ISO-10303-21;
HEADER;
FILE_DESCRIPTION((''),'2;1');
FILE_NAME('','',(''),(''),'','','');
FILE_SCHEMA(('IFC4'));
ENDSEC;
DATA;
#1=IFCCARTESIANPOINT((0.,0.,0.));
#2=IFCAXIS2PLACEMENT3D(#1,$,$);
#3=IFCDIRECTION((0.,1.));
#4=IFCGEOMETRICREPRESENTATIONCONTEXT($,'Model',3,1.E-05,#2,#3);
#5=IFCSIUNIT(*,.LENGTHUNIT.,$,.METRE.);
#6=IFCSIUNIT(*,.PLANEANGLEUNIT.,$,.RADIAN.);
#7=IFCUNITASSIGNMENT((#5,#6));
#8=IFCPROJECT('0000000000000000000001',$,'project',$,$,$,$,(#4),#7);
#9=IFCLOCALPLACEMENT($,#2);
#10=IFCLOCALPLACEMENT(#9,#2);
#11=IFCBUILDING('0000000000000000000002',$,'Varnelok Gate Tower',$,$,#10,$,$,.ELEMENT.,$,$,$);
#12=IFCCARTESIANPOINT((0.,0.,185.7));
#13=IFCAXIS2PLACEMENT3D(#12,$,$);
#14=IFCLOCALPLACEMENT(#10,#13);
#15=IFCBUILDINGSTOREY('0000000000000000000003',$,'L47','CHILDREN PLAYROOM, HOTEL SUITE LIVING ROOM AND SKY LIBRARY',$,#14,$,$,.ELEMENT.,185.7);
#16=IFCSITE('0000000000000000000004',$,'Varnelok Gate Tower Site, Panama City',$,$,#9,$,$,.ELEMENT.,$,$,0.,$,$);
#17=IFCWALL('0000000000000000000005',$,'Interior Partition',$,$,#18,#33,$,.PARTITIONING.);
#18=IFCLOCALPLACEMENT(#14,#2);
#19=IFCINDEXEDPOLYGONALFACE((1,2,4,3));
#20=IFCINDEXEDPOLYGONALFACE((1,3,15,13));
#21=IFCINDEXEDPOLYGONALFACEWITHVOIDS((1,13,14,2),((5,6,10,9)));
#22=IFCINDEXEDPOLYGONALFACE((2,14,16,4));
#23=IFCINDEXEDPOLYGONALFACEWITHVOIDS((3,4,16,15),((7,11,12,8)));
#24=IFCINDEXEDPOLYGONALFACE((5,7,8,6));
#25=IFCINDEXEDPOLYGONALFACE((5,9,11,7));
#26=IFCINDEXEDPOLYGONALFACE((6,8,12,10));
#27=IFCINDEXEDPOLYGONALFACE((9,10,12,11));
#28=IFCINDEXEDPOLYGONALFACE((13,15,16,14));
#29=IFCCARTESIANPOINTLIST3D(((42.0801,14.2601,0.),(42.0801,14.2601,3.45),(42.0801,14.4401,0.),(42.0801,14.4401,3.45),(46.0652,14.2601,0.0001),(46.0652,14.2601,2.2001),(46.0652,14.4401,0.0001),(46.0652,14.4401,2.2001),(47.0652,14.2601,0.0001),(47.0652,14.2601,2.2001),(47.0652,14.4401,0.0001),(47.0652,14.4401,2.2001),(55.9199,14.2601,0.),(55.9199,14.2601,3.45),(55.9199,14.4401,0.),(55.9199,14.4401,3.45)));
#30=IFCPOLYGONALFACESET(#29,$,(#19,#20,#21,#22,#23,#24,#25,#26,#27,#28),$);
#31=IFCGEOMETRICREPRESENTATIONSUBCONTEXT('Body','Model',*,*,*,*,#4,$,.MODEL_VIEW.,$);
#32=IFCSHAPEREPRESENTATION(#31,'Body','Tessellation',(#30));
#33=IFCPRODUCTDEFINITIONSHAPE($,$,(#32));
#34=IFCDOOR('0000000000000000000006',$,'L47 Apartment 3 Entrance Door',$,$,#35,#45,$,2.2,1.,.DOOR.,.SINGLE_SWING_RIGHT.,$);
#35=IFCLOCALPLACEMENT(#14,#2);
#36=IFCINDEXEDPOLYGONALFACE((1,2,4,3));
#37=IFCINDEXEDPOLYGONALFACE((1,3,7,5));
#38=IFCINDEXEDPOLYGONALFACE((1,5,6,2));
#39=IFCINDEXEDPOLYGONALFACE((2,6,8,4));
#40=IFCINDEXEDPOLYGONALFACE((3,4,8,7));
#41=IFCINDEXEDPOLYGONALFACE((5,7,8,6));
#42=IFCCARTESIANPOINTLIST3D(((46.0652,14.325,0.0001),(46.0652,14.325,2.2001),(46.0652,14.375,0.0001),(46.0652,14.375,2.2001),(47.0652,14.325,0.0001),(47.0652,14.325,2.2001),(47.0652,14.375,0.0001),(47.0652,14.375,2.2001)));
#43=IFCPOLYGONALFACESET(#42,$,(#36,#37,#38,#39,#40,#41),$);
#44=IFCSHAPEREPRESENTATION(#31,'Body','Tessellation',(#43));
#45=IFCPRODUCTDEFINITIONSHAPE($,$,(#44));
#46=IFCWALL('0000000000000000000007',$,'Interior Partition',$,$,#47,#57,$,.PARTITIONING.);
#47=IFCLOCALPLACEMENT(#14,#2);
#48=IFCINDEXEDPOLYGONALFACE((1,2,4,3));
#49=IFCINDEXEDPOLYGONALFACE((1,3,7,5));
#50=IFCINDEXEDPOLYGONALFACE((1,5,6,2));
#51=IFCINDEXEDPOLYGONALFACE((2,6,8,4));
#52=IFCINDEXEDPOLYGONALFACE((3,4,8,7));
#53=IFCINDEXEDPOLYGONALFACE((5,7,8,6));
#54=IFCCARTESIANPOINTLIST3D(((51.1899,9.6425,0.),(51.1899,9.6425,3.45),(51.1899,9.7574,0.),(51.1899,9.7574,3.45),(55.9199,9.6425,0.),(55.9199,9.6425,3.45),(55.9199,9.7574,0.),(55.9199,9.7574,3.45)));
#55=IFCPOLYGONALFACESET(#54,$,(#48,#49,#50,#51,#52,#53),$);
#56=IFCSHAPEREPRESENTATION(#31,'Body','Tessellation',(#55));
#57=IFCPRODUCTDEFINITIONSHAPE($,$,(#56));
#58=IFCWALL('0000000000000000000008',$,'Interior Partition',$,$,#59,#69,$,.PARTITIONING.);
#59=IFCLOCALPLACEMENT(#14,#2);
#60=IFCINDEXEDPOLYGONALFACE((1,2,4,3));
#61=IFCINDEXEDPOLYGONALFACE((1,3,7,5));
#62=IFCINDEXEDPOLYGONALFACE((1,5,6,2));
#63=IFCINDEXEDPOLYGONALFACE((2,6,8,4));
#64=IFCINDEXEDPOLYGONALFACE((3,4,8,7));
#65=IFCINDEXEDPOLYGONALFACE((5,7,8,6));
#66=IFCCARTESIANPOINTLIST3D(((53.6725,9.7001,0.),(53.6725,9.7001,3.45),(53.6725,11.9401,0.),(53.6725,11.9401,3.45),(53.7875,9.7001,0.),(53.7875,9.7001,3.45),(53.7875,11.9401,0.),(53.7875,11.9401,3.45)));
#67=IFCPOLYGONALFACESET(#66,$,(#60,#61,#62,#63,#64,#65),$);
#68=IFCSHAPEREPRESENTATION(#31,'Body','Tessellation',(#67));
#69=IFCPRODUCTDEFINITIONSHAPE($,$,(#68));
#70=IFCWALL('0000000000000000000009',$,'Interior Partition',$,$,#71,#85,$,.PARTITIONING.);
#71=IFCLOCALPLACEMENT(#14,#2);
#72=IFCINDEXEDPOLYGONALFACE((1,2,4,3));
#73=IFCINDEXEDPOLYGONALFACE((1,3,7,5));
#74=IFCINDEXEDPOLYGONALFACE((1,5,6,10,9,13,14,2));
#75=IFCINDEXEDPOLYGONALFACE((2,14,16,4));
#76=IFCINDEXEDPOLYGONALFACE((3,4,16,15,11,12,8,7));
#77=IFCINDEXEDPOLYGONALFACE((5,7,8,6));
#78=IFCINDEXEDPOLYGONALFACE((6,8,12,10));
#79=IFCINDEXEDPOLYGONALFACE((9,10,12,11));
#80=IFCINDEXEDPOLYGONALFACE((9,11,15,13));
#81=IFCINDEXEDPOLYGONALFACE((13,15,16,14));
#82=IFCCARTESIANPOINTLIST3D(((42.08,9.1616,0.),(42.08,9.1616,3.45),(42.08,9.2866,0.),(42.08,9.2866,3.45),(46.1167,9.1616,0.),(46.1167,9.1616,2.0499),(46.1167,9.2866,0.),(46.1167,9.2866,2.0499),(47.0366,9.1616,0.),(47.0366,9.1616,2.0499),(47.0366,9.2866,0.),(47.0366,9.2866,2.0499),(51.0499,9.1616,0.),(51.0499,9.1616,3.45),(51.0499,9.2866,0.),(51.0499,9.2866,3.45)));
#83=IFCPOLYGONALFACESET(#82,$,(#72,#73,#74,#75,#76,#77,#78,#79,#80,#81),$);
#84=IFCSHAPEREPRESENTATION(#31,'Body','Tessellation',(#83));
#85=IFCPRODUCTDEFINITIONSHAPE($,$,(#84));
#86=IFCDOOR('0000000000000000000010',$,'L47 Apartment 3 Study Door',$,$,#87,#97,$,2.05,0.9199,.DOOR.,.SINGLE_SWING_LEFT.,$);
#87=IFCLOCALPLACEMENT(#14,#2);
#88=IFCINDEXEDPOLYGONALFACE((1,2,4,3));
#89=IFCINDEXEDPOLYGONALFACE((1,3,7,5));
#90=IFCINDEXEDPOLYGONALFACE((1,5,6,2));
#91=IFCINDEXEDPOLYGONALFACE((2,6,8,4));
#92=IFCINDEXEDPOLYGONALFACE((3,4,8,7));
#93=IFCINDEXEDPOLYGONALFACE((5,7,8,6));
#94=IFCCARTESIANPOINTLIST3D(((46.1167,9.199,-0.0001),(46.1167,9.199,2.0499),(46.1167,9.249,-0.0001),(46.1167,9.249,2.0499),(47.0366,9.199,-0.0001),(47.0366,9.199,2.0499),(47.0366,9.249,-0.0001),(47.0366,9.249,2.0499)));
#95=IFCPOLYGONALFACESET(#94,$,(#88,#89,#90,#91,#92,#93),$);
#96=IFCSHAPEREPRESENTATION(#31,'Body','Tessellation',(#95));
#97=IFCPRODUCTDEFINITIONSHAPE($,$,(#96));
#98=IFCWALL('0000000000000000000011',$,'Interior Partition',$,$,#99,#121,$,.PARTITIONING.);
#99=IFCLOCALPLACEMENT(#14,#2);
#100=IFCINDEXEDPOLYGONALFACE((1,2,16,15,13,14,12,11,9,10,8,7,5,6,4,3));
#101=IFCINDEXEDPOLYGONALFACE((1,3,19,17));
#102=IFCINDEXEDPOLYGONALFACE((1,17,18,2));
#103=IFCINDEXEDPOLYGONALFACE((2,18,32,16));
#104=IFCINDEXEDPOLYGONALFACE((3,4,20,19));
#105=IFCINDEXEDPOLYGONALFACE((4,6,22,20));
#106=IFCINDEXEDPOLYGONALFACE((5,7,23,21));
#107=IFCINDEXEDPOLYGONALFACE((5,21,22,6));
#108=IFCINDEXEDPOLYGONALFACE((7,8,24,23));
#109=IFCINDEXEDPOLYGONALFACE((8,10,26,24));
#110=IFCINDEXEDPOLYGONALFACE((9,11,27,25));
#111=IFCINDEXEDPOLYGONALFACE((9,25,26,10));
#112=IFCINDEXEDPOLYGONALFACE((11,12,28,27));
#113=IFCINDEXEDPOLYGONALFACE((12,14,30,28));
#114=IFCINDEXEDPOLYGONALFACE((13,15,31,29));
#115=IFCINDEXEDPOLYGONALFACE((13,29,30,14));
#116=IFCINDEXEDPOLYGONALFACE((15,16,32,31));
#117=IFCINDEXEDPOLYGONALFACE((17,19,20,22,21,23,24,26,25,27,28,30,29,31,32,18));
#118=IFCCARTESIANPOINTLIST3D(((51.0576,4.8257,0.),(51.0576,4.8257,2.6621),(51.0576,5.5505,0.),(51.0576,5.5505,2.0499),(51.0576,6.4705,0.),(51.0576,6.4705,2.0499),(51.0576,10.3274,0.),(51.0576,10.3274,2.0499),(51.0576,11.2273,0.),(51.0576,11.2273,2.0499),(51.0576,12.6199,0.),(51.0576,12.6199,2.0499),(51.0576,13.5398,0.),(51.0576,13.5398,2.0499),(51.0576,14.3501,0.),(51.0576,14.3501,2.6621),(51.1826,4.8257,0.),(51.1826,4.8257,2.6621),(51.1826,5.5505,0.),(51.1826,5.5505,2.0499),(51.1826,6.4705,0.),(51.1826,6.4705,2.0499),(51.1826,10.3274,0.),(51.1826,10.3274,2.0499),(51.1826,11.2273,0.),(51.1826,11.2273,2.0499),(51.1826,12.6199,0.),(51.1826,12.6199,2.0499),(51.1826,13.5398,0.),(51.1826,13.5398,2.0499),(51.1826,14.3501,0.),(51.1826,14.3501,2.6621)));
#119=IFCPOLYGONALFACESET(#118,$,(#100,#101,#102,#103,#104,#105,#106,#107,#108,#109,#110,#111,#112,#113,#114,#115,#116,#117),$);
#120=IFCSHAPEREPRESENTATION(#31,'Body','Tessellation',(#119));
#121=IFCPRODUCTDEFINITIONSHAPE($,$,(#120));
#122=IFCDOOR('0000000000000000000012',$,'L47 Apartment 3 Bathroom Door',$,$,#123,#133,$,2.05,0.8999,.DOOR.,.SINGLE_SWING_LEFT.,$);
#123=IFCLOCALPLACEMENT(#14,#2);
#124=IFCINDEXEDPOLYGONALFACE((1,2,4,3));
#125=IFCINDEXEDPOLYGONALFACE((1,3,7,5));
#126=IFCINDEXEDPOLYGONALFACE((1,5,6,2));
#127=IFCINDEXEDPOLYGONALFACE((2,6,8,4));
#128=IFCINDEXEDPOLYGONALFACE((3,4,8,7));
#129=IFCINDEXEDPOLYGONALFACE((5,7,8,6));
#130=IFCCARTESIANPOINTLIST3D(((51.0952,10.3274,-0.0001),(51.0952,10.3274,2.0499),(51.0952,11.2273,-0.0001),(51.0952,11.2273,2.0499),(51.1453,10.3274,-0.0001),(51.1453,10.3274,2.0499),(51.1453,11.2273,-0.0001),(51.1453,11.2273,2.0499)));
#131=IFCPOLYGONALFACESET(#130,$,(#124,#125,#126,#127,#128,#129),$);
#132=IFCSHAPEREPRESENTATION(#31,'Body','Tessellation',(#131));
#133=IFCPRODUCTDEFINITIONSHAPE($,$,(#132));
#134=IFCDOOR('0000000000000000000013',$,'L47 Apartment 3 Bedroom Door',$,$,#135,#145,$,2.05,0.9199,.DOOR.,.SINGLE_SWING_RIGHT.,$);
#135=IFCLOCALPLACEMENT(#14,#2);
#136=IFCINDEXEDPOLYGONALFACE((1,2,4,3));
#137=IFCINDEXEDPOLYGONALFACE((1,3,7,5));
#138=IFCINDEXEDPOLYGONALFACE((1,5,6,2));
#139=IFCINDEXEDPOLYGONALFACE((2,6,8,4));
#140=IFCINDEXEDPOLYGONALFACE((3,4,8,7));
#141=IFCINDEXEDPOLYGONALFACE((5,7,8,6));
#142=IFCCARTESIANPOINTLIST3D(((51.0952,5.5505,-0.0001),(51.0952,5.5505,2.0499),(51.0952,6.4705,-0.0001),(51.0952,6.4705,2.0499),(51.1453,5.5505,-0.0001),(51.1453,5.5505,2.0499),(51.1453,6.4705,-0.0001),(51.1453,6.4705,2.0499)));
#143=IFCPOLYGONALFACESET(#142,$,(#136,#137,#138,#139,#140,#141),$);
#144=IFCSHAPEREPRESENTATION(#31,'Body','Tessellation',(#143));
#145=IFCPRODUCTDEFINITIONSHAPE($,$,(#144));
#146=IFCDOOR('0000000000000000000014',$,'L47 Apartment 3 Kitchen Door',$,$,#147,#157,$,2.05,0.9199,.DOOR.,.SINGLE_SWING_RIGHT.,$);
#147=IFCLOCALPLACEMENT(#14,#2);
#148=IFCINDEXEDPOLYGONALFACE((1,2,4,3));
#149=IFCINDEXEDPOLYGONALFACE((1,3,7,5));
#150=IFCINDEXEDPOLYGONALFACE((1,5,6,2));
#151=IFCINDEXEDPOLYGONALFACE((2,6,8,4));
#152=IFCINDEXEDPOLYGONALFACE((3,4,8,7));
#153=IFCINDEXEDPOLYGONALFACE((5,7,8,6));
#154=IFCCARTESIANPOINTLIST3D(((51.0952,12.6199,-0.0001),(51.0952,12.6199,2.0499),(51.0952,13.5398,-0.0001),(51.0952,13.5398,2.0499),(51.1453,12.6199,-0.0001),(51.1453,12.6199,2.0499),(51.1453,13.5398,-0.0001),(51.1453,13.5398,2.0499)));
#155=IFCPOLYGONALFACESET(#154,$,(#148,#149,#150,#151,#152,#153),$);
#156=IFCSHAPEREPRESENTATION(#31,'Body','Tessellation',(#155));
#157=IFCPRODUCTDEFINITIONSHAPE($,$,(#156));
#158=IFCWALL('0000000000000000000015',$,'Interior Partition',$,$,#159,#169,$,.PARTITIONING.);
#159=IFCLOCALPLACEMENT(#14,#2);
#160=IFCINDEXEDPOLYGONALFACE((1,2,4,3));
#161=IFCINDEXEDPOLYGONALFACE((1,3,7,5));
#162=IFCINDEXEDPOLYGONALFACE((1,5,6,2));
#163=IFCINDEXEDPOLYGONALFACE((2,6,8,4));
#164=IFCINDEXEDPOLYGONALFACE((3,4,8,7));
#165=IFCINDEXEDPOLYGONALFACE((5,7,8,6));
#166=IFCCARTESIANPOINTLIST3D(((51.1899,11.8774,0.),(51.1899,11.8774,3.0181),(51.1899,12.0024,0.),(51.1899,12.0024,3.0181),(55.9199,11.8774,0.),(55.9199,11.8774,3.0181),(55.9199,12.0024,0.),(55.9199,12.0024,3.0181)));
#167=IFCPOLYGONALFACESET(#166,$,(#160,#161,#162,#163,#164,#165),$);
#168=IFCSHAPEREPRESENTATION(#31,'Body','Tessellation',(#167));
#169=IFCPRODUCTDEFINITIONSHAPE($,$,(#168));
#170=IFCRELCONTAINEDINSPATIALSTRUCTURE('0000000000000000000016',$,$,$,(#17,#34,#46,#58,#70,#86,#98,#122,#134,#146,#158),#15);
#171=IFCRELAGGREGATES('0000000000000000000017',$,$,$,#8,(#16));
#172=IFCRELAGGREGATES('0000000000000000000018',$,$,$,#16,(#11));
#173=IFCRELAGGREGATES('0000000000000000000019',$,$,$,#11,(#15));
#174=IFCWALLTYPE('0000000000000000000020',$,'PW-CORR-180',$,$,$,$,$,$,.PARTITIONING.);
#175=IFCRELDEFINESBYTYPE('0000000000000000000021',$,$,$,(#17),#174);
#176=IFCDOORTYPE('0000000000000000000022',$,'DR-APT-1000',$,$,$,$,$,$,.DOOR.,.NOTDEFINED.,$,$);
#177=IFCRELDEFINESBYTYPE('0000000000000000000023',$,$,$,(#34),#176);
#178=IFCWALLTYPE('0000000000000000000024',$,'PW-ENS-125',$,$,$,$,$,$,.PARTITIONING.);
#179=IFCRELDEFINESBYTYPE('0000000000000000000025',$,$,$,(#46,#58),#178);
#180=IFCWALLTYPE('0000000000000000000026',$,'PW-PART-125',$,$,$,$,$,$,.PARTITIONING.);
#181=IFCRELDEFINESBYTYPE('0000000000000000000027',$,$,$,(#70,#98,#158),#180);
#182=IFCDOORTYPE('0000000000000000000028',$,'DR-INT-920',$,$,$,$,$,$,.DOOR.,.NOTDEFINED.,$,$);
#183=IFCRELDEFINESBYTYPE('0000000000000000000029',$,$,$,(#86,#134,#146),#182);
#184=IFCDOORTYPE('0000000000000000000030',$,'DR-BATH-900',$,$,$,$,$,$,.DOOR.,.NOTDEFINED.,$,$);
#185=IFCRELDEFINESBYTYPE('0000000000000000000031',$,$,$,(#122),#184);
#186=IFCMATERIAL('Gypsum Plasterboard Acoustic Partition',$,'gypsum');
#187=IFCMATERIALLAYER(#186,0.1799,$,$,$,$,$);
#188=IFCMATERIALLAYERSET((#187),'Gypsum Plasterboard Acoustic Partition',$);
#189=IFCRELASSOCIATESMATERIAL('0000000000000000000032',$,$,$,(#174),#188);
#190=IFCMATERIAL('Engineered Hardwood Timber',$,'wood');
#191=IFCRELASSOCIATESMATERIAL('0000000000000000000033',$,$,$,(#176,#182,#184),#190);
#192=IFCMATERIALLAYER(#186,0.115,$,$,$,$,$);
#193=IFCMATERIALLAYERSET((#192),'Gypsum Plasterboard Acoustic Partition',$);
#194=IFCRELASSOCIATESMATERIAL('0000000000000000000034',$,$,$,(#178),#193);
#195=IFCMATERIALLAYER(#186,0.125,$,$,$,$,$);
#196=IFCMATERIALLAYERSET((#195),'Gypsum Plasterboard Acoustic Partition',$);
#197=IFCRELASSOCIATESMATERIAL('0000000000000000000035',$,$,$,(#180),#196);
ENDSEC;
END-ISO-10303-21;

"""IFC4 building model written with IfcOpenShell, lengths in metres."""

from ifc_helpers import new_model, si_unit, direction, frame, frame_2d, origin, place, context, subcontext, project, spatial, rectangle, extrude, material, layer, layer_set, type_object, element, fill, save


model = new_model("IFC4")

# Units and contexts
model_context = context("Model", 3, precision=1e-05, world=origin(), true_north=direction((0.0, 1.0)))
body_context = subcontext(model_context, "Body", "Model", "MODEL_VIEW")
ifc_project = project(units=[si_unit("LENGTHUNIT", "METRE"), si_unit("PLANEANGLEUNIT", "RADIAN")], contexts=[model_context])

# Site, building, storey
site_placement = place(None, origin())
site = spatial("IfcSite", under=ifc_project, at=site_placement, Name="Varnelok Gate Tower Site, Panama City", CompositionType="ELEMENT", RefElevation=0.0)
building_placement = place(site_placement, origin())
building = spatial("IfcBuilding", under=site, at=building_placement, Name="Varnelok Gate Tower", CompositionType="ELEMENT")
storey_placement = place(building_placement, frame((0.0, 0.0, 185.7)))
storey = spatial("IfcBuildingStorey", under=building, at=storey_placement, Name="L47", Description="CHILDREN PLAYROOM, HOTEL SUITE LIVING ROOM AND SKY LIBRARY", CompositionType="ELEMENT", Elevation=185.7)

# Wall, opening, door
ifc_material_1 = material(Name="Gypsum Plasterboard Acoustic Partition", Category="gypsum")
ifc_layer_1 = layer(ifc_material_1, 0.1799)
ifc_layer_set_1 = layer_set([ifc_layer_1], Name="Gypsum Plasterboard Acoustic Partition")
wall_type_1 = type_object("IfcWallType", Name="PW-CORR-180", PredefinedType="PARTITIONING", material=ifc_layer_set_1)
wall_1_placement = place(storey_placement, frame((42.0801, 14.3501, 0.0), z_axis=(0.0, 0.0, 1.0), x_axis=(1.0, 0.0, 0.0)))
wall_1 = element("IfcWall", 1, at=wall_1_placement, inside=storey, type_object=wall_type_1, Name="Interior Partition", PredefinedType="PARTITIONING", context=body_context, shape_type="SweptSolid", body=[
    extrude(rectangle(XDim=13.8398, YDim=0.1799, at=frame_2d((6.9199, 0.0))), origin(), (0.0, 0.0, 1.0), 3.45),
])
opening_1_placement = place(wall_1_placement, frame((3.9851, 0.0, 0.0)))
opening_1 = element("IfcOpeningElement", 2, at=opening_1_placement, cuts=wall_1, PredefinedType="OPENING", context=body_context, shape_type="SweptSolid", body=[
    extrude(rectangle(XDim=1.0, YDim=2.2, at=frame_2d((0.5, 1.1001))), frame((0.0, 0.0999, 0.0), z_axis=(0.0, -1.0, 0.0), x_axis=(1.0, 0.0, 0.0)), (0.0, 0.0, 1.0), 0.2),
])
ifc_material_2 = material(Name="Engineered Hardwood Timber", Category="wood")
door_type_1 = type_object("IfcDoorType", Name="DR-APT-1000", OperationType="NOTDEFINED", PredefinedType="DOOR", material=ifc_material_2)
door_1_placement = place(opening_1_placement, origin())
door_1 = element("IfcDoor", 3, at=door_1_placement, inside=storey, type_object=door_type_1, Name="L47 Apartment 3 Entrance Door", OperationType="SINGLE_SWING_RIGHT", OverallHeight=2.2, OverallWidth=1.0, PredefinedType="DOOR", context=body_context, shape_type="SweptSolid", body=[
    extrude(rectangle(XDim=1.0, YDim=2.2, at=frame_2d((0.5, 1.1001))), frame((0.0, 0.0249, 0.0), z_axis=(0.0, -1.0, 0.0), x_axis=(1.0, 0.0, 0.0)), (0.0, 0.0, 1.0), 0.05),
])
fill(opening_1, door_1)

# Walls
ifc_layer_2 = layer(ifc_material_1, 0.115)
ifc_layer_set_2 = layer_set([ifc_layer_2], Name="Gypsum Plasterboard Acoustic Partition")
wall_type_2 = type_object("IfcWallType", Name="PW-ENS-125", PredefinedType="PARTITIONING", material=ifc_layer_set_2)
wall_2_placement = place(storey_placement, frame((51.1899, 9.7, 0.0), z_axis=(0.0, 0.0, 1.0), x_axis=(1.0, 0.0, 0.0)))
element("IfcWall", 4, at=wall_2_placement, inside=storey, type_object=wall_type_2, Name="Interior Partition", PredefinedType="PARTITIONING", context=body_context, shape_type="SweptSolid", body=[
    extrude(rectangle(XDim=4.73, YDim=0.115, at=frame_2d((2.365, 0.0))), origin(), (0.0, 0.0, 1.0), 3.45),
])
wall_3_placement = place(storey_placement, frame((53.73, 9.7, 0.0), z_axis=(0.0, 0.0, 1.0), x_axis=(0.0, 1.0, 0.0)))
element("IfcWall", 5, at=wall_3_placement, inside=storey, type_object=wall_type_2, Name="Interior Partition", PredefinedType="PARTITIONING", context=body_context, shape_type="SweptSolid", body=[
    extrude(rectangle(XDim=2.24, YDim=0.115, at=frame_2d((1.1201, 0.0))), origin(), (0.0, 0.0, 1.0), 3.45),
])

# Wall, opening, door
ifc_layer_3 = layer(ifc_material_1, 0.125)
ifc_layer_set_3 = layer_set([ifc_layer_3], Name="Gypsum Plasterboard Acoustic Partition")
wall_type_3 = type_object("IfcWallType", Name="PW-PART-125", PredefinedType="PARTITIONING", material=ifc_layer_set_3)
wall_4_placement = place(storey_placement, frame((42.0801, 9.2241, 0.0), z_axis=(0.0, 0.0, 1.0), x_axis=(1.0, 0.0, 0.0)))
wall_4 = element("IfcWall", 6, at=wall_4_placement, inside=storey, type_object=wall_type_3, Name="Interior Partition", PredefinedType="PARTITIONING", context=body_context, shape_type="SweptSolid", body=[
    extrude(rectangle(XDim=8.97, YDim=0.125, at=frame_2d((4.4849, 0.0))), origin(), (0.0, 0.0, 1.0), 3.45),
])
opening_2_placement = place(wall_4_placement, frame((4.0366, 0.0, 0.0)))
opening_2 = element("IfcOpeningElement", 7, at=opening_2_placement, cuts=wall_4, PredefinedType="OPENING", context=body_context, shape_type="SweptSolid", body=[
    extrude(rectangle(XDim=0.9199, YDim=2.05, at=frame_2d((0.46, 1.0249))), frame((0.0, 0.0725, 0.0), z_axis=(0.0, -1.0, 0.0), x_axis=(1.0, 0.0, 0.0)), (0.0, 0.0, 1.0), 0.145),
])
door_type_2 = type_object("IfcDoorType", Name="DR-INT-920", OperationType="NOTDEFINED", PredefinedType="DOOR", material=ifc_material_2)
door_2_placement = place(opening_2_placement, origin())
door_2 = element("IfcDoor", 8, at=door_2_placement, inside=storey, type_object=door_type_2, Name="L47 Apartment 3 Study Door", OperationType="SINGLE_SWING_LEFT", OverallHeight=2.05, OverallWidth=0.9199, PredefinedType="DOOR", context=body_context, shape_type="SweptSolid", body=[
    extrude(rectangle(XDim=0.9199, YDim=2.05, at=frame_2d((0.46, 1.0249))), frame((0.0, 0.0249, 0.0), z_axis=(0.0, -1.0, 0.0), x_axis=(1.0, 0.0, 0.0)), (0.0, 0.0, 1.0), 0.05),
])
fill(opening_2, door_2)

# Wall, openings, doors
wall_5_placement = place(storey_placement, frame((51.1201, 4.8257, 0.0), z_axis=(0.0, 0.0, 1.0), x_axis=(0.0, 1.0, 0.0)))
wall_5 = element("IfcWall", 9, at=wall_5_placement, inside=storey, type_object=wall_type_3, Name="Interior Partition", PredefinedType="PARTITIONING", context=body_context, shape_type="SweptSolid", body=[
    extrude(rectangle(XDim=9.5244, YDim=0.125, at=frame_2d((4.7622, 0.0))), origin(), (0.0, 0.0, 1.0), 2.6621),
])
opening_3_placement = place(wall_5_placement, frame((0.7249, 0.0, 0.0)))
opening_3 = element("IfcOpeningElement", 10, at=opening_3_placement, cuts=wall_5, PredefinedType="OPENING", context=body_context, shape_type="SweptSolid", body=[
    extrude(rectangle(XDim=0.9199, YDim=2.05, at=frame_2d((0.46, 1.0249))), frame((0.0, 0.0725, 0.0), z_axis=(0.0, -1.0, 0.0), x_axis=(1.0, 0.0, 0.0)), (0.0, 0.0, 1.0), 0.145),
])
opening_4_placement = place(wall_5_placement, frame((5.5017, 0.0, 0.0)))
opening_4 = element("IfcOpeningElement", 11, at=opening_4_placement, cuts=wall_5, PredefinedType="OPENING", context=body_context, shape_type="SweptSolid", body=[
    extrude(rectangle(XDim=0.8999, YDim=2.05, at=frame_2d((0.45, 1.0249))), frame((0.0, 0.0725, 0.0), z_axis=(0.0, -1.0, 0.0), x_axis=(1.0, 0.0, 0.0)), (0.0, 0.0, 1.0), 0.145),
])
opening_5_placement = place(wall_5_placement, frame((7.7942, 0.0, 0.0)))
opening_5 = element("IfcOpeningElement", 12, at=opening_5_placement, cuts=wall_5, PredefinedType="OPENING", context=body_context, shape_type="SweptSolid", body=[
    extrude(rectangle(XDim=0.9199, YDim=2.05, at=frame_2d((0.46, 1.0249))), frame((0.0, 0.0725, 0.0), z_axis=(0.0, -1.0, 0.0), x_axis=(1.0, 0.0, 0.0)), (0.0, 0.0, 1.0), 0.145),
])
door_type_3 = type_object("IfcDoorType", Name="DR-BATH-900", OperationType="NOTDEFINED", PredefinedType="DOOR", material=ifc_material_2)
door_3_placement = place(opening_4_placement, origin())
door_3 = element("IfcDoor", 13, at=door_3_placement, inside=storey, type_object=door_type_3, Name="L47 Apartment 3 Bathroom Door", OperationType="SINGLE_SWING_LEFT", OverallHeight=2.05, OverallWidth=0.8999, PredefinedType="DOOR", context=body_context, shape_type="SweptSolid", body=[
    extrude(rectangle(XDim=0.8999, YDim=2.05, at=frame_2d((0.45, 1.0249))), frame((0.0, 0.0249, 0.0), z_axis=(0.0, -1.0, 0.0), x_axis=(1.0, 0.0, 0.0)), (0.0, 0.0, 1.0), 0.05),
])
fill(opening_4, door_3)
door_4_placement = place(opening_3_placement, origin())
door_4 = element("IfcDoor", 14, at=door_4_placement, inside=storey, type_object=door_type_2, Name="L47 Apartment 3 Bedroom Door", OperationType="SINGLE_SWING_RIGHT", OverallHeight=2.05, OverallWidth=0.9199, PredefinedType="DOOR", context=body_context, shape_type="SweptSolid", body=[
    extrude(rectangle(XDim=0.9199, YDim=2.05, at=frame_2d((0.46, 1.0249))), frame((0.0, 0.0249, 0.0), z_axis=(0.0, -1.0, 0.0), x_axis=(1.0, 0.0, 0.0)), (0.0, 0.0, 1.0), 0.05),
])
fill(opening_3, door_4)
door_5_placement = place(opening_5_placement, origin())
door_5 = element("IfcDoor", 15, at=door_5_placement, inside=storey, type_object=door_type_2, Name="L47 Apartment 3 Kitchen Door", OperationType="SINGLE_SWING_RIGHT", OverallHeight=2.05, OverallWidth=0.9199, PredefinedType="DOOR", context=body_context, shape_type="SweptSolid", body=[
    extrude(rectangle(XDim=0.9199, YDim=2.05, at=frame_2d((0.46, 1.0249))), frame((0.0, 0.0249, 0.0), z_axis=(0.0, -1.0, 0.0), x_axis=(1.0, 0.0, 0.0)), (0.0, 0.0, 1.0), 0.05),
])
fill(opening_5, door_5)

# Wall
wall_6_placement = place(storey_placement, frame((51.1899, 11.9399, 0.0), z_axis=(0.0, 0.0, 1.0), x_axis=(1.0, 0.0, 0.0)))
element("IfcWall", 16, at=wall_6_placement, inside=storey, type_object=wall_type_3, Name="Interior Partition", PredefinedType="PARTITIONING", context=body_context, shape_type="SweptSolid", body=[
    extrude(rectangle(XDim=4.73, YDim=0.125, at=frame_2d((2.365, 0.0))), origin(), (0.0, 0.0, 1.0), 3.0181),
])

save(model, "model.ifc")
